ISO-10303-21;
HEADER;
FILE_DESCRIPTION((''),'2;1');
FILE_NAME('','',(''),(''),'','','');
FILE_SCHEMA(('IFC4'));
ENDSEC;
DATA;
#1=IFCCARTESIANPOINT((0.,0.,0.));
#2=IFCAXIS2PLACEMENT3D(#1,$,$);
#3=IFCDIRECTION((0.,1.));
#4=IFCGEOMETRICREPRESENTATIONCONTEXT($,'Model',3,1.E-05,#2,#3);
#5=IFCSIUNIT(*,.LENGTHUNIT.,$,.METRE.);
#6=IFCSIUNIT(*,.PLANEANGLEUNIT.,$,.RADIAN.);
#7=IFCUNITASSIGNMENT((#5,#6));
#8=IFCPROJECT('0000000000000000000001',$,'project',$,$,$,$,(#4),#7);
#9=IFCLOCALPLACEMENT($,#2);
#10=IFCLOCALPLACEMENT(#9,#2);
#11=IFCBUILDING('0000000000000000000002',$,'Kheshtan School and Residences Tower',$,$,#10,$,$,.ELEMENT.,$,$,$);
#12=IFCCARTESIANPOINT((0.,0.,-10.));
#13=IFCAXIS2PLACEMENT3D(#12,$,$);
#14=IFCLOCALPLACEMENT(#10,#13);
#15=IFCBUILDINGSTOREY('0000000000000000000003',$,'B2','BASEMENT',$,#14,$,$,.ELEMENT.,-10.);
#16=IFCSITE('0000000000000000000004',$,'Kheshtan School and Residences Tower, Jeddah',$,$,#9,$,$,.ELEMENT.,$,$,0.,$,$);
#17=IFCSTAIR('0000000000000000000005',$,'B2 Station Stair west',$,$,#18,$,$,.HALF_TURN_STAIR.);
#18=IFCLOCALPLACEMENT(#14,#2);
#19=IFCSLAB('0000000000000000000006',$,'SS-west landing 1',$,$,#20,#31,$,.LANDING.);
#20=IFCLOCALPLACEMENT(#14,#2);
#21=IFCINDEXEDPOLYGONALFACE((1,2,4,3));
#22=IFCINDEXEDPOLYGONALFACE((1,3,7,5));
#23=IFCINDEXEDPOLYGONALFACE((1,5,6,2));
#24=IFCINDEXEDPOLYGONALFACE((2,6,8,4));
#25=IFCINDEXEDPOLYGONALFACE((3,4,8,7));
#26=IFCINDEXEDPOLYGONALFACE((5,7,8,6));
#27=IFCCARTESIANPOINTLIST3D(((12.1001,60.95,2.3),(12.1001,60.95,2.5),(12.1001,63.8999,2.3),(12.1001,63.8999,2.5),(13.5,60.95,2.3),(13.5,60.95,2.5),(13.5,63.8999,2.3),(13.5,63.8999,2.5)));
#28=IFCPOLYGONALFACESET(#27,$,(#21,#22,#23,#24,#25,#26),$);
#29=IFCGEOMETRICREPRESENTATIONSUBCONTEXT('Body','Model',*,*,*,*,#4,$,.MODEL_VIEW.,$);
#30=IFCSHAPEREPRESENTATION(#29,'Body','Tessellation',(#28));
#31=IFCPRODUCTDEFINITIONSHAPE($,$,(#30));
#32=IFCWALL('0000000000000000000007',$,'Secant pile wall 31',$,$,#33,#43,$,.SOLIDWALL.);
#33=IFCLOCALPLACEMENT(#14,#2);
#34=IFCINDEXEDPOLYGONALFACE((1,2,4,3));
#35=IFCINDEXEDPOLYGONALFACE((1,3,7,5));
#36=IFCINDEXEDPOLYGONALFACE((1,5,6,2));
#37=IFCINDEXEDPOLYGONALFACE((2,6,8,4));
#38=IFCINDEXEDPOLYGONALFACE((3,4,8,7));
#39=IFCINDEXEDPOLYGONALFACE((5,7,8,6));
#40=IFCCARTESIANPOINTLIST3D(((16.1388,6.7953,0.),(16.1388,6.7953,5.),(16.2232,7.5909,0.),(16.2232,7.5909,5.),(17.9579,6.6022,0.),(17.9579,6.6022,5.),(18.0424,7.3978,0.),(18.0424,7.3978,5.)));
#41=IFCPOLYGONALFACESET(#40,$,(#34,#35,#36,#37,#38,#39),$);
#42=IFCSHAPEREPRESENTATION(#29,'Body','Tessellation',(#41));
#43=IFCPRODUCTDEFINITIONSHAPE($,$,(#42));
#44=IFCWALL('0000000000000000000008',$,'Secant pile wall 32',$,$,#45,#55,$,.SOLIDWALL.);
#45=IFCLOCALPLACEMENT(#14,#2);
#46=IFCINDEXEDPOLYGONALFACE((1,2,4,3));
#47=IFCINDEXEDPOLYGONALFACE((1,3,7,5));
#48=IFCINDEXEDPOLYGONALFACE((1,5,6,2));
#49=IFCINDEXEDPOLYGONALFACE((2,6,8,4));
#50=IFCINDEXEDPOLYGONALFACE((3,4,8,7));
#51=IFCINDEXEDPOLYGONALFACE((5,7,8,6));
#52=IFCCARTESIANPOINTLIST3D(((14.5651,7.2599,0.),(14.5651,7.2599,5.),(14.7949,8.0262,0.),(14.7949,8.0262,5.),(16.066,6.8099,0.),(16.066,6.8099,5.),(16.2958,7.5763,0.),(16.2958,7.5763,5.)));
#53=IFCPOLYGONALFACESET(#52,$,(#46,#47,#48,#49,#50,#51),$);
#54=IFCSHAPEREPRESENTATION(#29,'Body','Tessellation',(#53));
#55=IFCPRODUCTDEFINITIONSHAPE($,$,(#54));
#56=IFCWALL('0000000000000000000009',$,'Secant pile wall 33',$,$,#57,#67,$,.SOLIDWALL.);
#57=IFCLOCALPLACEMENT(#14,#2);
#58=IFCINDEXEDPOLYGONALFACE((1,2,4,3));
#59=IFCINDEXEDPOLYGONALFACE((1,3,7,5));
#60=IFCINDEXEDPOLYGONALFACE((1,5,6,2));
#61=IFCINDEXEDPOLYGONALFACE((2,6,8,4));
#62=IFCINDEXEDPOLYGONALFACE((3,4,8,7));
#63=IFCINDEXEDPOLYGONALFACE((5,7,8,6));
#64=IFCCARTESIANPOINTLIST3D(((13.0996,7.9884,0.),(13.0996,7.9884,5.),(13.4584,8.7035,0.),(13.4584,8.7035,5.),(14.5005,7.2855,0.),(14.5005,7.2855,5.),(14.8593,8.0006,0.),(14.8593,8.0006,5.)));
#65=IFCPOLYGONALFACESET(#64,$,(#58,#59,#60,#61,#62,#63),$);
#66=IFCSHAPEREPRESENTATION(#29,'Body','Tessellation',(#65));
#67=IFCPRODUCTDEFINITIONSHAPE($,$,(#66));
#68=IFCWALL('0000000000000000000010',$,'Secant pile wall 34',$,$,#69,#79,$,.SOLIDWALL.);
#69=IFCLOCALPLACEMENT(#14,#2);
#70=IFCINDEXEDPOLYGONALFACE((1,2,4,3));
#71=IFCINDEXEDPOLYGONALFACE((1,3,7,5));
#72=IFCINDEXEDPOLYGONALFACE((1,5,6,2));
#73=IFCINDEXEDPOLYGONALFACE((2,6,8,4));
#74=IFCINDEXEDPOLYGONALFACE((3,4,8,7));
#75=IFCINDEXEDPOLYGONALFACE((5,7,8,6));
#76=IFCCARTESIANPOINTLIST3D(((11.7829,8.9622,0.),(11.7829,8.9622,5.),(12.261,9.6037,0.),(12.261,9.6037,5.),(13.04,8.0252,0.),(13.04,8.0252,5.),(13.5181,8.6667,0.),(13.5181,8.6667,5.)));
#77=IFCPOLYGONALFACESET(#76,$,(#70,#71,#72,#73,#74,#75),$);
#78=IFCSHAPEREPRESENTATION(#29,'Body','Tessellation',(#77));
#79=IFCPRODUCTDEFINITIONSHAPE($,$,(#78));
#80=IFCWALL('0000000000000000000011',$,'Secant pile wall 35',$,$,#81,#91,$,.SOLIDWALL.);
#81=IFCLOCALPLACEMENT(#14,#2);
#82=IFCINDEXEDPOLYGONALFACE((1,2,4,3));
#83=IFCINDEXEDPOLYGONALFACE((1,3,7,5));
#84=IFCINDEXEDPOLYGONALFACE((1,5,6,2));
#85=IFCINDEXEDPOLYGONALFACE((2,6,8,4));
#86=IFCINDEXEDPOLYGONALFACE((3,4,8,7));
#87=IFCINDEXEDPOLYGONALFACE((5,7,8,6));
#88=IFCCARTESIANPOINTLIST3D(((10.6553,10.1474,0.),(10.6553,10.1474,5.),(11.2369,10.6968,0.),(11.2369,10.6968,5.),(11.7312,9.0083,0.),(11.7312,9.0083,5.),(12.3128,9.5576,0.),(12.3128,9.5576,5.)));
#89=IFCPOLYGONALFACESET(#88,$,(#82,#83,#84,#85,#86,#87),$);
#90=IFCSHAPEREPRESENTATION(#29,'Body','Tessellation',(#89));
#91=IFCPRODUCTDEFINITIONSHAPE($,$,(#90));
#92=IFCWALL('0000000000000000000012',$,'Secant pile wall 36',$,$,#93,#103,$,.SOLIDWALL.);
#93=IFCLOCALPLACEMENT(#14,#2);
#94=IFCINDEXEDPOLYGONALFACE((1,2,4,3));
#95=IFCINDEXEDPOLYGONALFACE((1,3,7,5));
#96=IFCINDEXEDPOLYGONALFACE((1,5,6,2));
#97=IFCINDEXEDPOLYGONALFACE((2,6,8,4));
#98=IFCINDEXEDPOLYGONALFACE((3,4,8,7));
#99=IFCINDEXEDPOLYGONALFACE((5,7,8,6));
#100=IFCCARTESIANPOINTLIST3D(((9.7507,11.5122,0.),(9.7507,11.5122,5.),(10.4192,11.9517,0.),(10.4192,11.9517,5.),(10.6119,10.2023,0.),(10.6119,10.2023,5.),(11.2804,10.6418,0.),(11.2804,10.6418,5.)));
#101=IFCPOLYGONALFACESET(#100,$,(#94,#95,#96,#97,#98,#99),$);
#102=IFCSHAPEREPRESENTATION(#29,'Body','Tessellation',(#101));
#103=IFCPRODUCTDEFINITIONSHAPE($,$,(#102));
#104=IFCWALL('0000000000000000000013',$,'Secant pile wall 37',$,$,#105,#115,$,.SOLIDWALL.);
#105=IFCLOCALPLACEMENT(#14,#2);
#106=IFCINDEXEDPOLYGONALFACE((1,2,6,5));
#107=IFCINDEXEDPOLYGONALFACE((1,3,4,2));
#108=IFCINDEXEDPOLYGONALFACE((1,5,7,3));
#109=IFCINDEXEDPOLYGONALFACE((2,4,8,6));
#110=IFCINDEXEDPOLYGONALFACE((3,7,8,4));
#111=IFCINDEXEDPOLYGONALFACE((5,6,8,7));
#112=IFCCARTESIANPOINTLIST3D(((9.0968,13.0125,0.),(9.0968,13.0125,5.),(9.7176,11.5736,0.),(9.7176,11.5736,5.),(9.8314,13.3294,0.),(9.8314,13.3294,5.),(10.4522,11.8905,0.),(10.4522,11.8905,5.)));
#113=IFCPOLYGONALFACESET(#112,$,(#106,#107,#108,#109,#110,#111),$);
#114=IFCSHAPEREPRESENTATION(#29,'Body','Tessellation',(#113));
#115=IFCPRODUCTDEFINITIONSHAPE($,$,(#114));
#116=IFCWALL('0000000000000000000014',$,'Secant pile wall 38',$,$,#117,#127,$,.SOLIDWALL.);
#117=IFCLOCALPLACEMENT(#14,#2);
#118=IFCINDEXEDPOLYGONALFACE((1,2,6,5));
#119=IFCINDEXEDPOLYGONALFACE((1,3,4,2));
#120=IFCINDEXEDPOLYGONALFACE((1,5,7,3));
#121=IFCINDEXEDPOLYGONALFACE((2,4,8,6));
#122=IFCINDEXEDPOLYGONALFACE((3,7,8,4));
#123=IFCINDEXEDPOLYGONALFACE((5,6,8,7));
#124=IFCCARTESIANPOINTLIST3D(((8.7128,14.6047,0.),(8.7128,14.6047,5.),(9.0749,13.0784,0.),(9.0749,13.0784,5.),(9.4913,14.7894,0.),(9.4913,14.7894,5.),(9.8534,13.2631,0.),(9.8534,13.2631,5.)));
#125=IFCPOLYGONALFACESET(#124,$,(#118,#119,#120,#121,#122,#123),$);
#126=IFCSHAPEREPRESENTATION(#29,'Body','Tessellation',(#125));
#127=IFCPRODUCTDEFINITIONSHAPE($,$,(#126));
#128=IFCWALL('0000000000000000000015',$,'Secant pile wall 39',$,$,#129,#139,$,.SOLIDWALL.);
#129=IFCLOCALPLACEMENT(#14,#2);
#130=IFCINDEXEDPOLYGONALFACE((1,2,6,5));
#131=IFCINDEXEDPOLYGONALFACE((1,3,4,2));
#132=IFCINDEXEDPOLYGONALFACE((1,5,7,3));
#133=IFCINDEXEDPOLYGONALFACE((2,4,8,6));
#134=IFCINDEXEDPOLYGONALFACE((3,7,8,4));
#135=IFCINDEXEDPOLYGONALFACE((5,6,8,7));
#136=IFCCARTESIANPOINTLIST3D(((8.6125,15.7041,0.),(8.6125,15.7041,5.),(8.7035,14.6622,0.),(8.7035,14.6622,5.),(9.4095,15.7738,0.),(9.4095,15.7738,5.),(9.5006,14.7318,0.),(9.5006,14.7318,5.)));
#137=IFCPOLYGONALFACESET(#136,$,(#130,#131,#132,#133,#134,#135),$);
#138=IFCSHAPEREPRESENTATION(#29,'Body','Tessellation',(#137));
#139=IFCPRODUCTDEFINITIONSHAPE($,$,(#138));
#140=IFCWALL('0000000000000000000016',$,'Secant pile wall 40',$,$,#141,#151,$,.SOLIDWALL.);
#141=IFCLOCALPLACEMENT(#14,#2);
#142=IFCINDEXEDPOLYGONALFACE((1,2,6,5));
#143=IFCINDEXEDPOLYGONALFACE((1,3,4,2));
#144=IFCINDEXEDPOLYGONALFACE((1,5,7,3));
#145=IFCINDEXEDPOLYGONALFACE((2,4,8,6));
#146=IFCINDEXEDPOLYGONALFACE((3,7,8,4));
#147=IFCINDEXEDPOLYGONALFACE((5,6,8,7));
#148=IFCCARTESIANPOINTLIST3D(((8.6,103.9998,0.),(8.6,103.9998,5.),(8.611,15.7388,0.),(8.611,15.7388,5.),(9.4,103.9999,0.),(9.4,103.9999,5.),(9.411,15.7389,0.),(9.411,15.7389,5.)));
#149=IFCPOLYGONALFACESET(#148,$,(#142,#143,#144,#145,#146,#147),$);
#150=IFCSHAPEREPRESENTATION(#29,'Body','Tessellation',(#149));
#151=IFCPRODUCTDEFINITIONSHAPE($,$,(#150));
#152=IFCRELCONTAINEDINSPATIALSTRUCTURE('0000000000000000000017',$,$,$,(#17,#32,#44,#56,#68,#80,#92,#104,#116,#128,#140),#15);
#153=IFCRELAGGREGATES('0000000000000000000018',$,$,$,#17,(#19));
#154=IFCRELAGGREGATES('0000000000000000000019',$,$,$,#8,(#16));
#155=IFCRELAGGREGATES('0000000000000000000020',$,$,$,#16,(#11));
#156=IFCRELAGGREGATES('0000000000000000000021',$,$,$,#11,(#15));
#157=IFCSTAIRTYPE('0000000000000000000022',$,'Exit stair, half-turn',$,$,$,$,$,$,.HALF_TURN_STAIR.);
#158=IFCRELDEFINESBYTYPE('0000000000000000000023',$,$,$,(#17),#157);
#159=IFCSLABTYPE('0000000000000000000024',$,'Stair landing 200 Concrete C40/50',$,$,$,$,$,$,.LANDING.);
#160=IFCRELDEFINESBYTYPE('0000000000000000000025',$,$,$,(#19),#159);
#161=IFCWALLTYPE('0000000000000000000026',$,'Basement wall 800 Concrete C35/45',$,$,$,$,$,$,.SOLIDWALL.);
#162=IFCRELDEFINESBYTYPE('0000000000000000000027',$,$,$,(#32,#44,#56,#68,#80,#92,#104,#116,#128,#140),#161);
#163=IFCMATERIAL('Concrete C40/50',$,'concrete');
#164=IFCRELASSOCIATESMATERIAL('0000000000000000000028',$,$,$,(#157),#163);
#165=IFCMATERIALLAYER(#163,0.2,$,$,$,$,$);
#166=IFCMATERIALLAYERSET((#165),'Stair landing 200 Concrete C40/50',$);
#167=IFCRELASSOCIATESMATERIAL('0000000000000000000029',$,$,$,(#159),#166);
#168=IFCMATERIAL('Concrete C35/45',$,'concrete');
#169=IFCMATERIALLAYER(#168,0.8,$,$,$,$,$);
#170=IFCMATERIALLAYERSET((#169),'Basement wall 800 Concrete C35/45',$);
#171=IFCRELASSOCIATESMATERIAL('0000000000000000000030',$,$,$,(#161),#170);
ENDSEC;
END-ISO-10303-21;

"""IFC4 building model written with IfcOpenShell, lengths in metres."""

from ifc_helpers import new_model, si_unit, direction, frame, frame_2d, origin, place, context, subcontext, project, spatial, polyline, rectangle, outline, extrude, material, layer, layer_set, type_object, element, aggregate, save


model = new_model("IFC4")

# Units and contexts
model_context = context("Model", 3, precision=1e-05, world=origin(), true_north=direction((0.0, 1.0)))
body_context = subcontext(model_context, "Body", "Model", "MODEL_VIEW")
ifc_project = project(units=[si_unit("LENGTHUNIT", "METRE"), si_unit("PLANEANGLEUNIT", "RADIAN")], contexts=[model_context])

# Site, building, storey
site_placement = place(None, origin())
site = spatial("IfcSite", under=ifc_project, at=site_placement, Name="Kheshtan School and Residences Tower, Jeddah", CompositionType="ELEMENT", RefElevation=0.0)
building_placement = place(site_placement, origin())
building = spatial("IfcBuilding", under=site, at=building_placement, Name="Kheshtan School and Residences Tower", CompositionType="ELEMENT")
storey_placement = place(building_placement, frame((0.0, 0.0, -10.0)))
storey = spatial("IfcBuildingStorey", under=building, at=storey_placement, Name="B2", Description="BASEMENT", CompositionType="ELEMENT", Elevation=-10.0)

# Shared definitions
ifc_material_1 = material(Name="Concrete C40/50", Category="concrete")

# Stair, slab
stair_type = type_object("IfcStairType", Name="Exit stair, half-turn", PredefinedType="HALF_TURN_STAIR", material=ifc_material_1)
ifc_layer_1 = layer(ifc_material_1, 0.2)
ifc_layer_set_1 = layer_set([ifc_layer_1], Name="Stair landing 200 Concrete C40/50")
slab_type_1 = type_object("IfcSlabType", Name="Stair landing 200 Concrete C40/50", PredefinedType="LANDING", material=ifc_layer_set_1)
stair_1_placement = place(storey_placement, origin())
stair_1 = element("IfcStair", 1, at=stair_1_placement, inside=storey, type_object=stair_type, Name="B2 Station Stair west", PredefinedType="HALF_TURN_STAIR")
slab_1_placement = place(storey_placement, frame((0.0, 0.0, 2.3)))
slab_1 = element("IfcSlab", 2, at=slab_1_placement, type_object=slab_type_1, Name="SS-west landing 1", PredefinedType="LANDING", context=body_context, shape_type="SweptSolid", body=[
    extrude(outline(polyline([(13.5, 63.8999), (12.1001, 63.8999), (12.1001, 60.95), (13.5, 60.95), (13.5, 63.8999)])), origin(), (0.0, 0.0, 1.0), 0.2),
])
aggregate(stair_1, [slab_1])

# Walls
ifc_material_2 = material(Name="Concrete C35/45", Category="concrete")
ifc_layer_2 = layer(ifc_material_2, 0.8)
ifc_layer_set_2 = layer_set([ifc_layer_2], Name="Basement wall 800 Concrete C35/45")
wall_type = type_object("IfcWallType", Name="Basement wall 800 Concrete C35/45", PredefinedType="SOLIDWALL", material=ifc_layer_set_2)
wall_1_placement = place(storey_placement, frame((18.0, 7.0, 0.0), z_axis=(0.0, 0.0, 1.0), x_axis=(-0.994412, 0.105567, 0.0)))
element("IfcWall", 3, at=wall_1_placement, inside=storey, type_object=wall_type, Name="Secant pile wall 31", PredefinedType="SOLIDWALL", context=body_context, shape_type="SweptSolid", body=[
    extrude(rectangle(XDim=1.8293, YDim=0.8, at=frame_2d((0.9146, 0.0))), origin(), (0.0, 0.0, 1.0), 5.0),
])
wall_2_placement = place(storey_placement, frame((16.1809, 7.1931, 0.0), z_axis=(0.0, 0.0, 1.0), x_axis=(-0.957886, 0.287148, 0.0)))
element("IfcWall", 4, at=wall_2_placement, inside=storey, type_object=wall_type, Name="Secant pile wall 32", PredefinedType="SOLIDWALL", context=body_context, shape_type="SweptSolid", body=[
    extrude(rectangle(XDim=1.5669, YDim=0.8, at=frame_2d((0.7834, 0.0))), origin(), (0.0, 0.0, 1.0), 5.0),
])
wall_3_placement = place(storey_placement, frame((14.6799, 7.6431, 0.0), z_axis=(0.0, 0.0, 1.0), x_axis=(-0.893803, 0.448459, 0.0)))
element("IfcWall", 5, at=wall_3_placement, inside=storey, type_object=wall_type, Name="Secant pile wall 33", PredefinedType="SOLIDWALL", context=body_context, shape_type="SweptSolid", body=[
    extrude(rectangle(XDim=1.5674, YDim=0.8, at=frame_2d((0.7837, 0.0))), origin(), (0.0, 0.0, 1.0), 5.0),
])
wall_4_placement = place(storey_placement, frame((13.2791, 8.3459, 0.0), z_axis=(0.0, 0.0, 1.0), x_axis=(-0.801772, 0.597631, 0.0)))
element("IfcWall", 6, at=wall_4_placement, inside=storey, type_object=wall_type, Name="Secant pile wall 34", PredefinedType="SOLIDWALL", context=body_context, shape_type="SweptSolid", body=[
    extrude(rectangle(XDim=1.5679, YDim=0.8, at=frame_2d((0.7839, 0.0))), origin(), (0.0, 0.0, 1.0), 5.0),
])
wall_5_placement = place(storey_placement, frame((12.022, 9.283, 0.0), z_axis=(0.0, 0.0, 1.0), x_axis=(-0.686642, 0.726996, 0.0)))
element("IfcWall", 7, at=wall_5_placement, inside=storey, type_object=wall_type, Name="Secant pile wall 35", PredefinedType="SOLIDWALL", context=body_context, shape_type="SweptSolid", body=[
    extrude(rectangle(XDim=1.5669, YDim=0.8, at=frame_2d((0.7834, 0.0))), origin(), (0.0, 0.0, 1.0), 5.0),
])
wall_6_placement = place(storey_placement, frame((10.946, 10.4221, 0.0), z_axis=(0.0, 0.0, 1.0), x_axis=(-0.549333, 0.835603, 0.0)))
element("IfcWall", 8, at=wall_6_placement, inside=storey, type_object=wall_type, Name="Secant pile wall 36", PredefinedType="SOLIDWALL", context=body_context, shape_type="SweptSolid", body=[
    extrude(rectangle(XDim=1.5676, YDim=0.8, at=frame_2d((0.7837, 0.0))), origin(), (0.0, 0.0, 1.0), 5.0),
])
wall_7_placement = place(storey_placement, frame((10.085, 11.7319, 0.0), z_axis=(0.0, 0.0, 1.0), x_axis=(-0.396155, 0.918183, 0.0)))
element("IfcWall", 9, at=wall_7_placement, inside=storey, type_object=wall_type, Name="Secant pile wall 37", PredefinedType="SOLIDWALL", context=body_context, shape_type="SweptSolid", body=[
    extrude(rectangle(XDim=1.5671, YDim=0.8, at=frame_2d((0.7837, 0.0))), origin(), (0.0, 0.0, 1.0), 5.0),
])
wall_8_placement = place(storey_placement, frame((9.4641, 13.1709, 0.0), z_axis=(0.0, 0.0, 1.0), x_axis=(-0.230835, 0.972993, 0.0)))
element("IfcWall", 10, at=wall_8_placement, inside=storey, type_object=wall_type, Name="Secant pile wall 38", PredefinedType="SOLIDWALL", context=body_context, shape_type="SweptSolid", body=[
    extrude(rectangle(XDim=1.5686, YDim=0.8, at=frame_2d((0.7842, 0.0))), origin(), (0.0, 0.0, 1.0), 5.0),
])
wall_9_placement = place(storey_placement, frame((9.1021, 14.697, 0.0), z_axis=(0.0, 0.0, 1.0), x_axis=(-0.087063, 0.996203, 0.0)))
element("IfcWall", 11, at=wall_9_placement, inside=storey, type_object=wall_type, Name="Secant pile wall 39", PredefinedType="SOLIDWALL", context=body_context, shape_type="SweptSolid", body=[
    extrude(rectangle(XDim=1.0459, YDim=0.8, at=frame_2d((0.5229, 0.0))), origin(), (0.0, 0.0, 1.0), 5.0),
])
wall_10_placement = place(storey_placement, frame((9.011, 15.739, 0.0), z_axis=(0.0, 0.0, 1.0), x_axis=(-0.000124, 1.0, 0.0)))
element("IfcWall", 12, at=wall_10_placement, inside=storey, type_object=wall_type, Name="Secant pile wall 40", PredefinedType="SOLIDWALL", context=body_context, shape_type="SweptSolid", body=[
    extrude(rectangle(XDim=88.261, YDim=0.8, at=frame_2d((44.1304, 0.0))), origin(), (0.0, 0.0, 1.0), 5.0),
])

save(model, "model.ifc")
